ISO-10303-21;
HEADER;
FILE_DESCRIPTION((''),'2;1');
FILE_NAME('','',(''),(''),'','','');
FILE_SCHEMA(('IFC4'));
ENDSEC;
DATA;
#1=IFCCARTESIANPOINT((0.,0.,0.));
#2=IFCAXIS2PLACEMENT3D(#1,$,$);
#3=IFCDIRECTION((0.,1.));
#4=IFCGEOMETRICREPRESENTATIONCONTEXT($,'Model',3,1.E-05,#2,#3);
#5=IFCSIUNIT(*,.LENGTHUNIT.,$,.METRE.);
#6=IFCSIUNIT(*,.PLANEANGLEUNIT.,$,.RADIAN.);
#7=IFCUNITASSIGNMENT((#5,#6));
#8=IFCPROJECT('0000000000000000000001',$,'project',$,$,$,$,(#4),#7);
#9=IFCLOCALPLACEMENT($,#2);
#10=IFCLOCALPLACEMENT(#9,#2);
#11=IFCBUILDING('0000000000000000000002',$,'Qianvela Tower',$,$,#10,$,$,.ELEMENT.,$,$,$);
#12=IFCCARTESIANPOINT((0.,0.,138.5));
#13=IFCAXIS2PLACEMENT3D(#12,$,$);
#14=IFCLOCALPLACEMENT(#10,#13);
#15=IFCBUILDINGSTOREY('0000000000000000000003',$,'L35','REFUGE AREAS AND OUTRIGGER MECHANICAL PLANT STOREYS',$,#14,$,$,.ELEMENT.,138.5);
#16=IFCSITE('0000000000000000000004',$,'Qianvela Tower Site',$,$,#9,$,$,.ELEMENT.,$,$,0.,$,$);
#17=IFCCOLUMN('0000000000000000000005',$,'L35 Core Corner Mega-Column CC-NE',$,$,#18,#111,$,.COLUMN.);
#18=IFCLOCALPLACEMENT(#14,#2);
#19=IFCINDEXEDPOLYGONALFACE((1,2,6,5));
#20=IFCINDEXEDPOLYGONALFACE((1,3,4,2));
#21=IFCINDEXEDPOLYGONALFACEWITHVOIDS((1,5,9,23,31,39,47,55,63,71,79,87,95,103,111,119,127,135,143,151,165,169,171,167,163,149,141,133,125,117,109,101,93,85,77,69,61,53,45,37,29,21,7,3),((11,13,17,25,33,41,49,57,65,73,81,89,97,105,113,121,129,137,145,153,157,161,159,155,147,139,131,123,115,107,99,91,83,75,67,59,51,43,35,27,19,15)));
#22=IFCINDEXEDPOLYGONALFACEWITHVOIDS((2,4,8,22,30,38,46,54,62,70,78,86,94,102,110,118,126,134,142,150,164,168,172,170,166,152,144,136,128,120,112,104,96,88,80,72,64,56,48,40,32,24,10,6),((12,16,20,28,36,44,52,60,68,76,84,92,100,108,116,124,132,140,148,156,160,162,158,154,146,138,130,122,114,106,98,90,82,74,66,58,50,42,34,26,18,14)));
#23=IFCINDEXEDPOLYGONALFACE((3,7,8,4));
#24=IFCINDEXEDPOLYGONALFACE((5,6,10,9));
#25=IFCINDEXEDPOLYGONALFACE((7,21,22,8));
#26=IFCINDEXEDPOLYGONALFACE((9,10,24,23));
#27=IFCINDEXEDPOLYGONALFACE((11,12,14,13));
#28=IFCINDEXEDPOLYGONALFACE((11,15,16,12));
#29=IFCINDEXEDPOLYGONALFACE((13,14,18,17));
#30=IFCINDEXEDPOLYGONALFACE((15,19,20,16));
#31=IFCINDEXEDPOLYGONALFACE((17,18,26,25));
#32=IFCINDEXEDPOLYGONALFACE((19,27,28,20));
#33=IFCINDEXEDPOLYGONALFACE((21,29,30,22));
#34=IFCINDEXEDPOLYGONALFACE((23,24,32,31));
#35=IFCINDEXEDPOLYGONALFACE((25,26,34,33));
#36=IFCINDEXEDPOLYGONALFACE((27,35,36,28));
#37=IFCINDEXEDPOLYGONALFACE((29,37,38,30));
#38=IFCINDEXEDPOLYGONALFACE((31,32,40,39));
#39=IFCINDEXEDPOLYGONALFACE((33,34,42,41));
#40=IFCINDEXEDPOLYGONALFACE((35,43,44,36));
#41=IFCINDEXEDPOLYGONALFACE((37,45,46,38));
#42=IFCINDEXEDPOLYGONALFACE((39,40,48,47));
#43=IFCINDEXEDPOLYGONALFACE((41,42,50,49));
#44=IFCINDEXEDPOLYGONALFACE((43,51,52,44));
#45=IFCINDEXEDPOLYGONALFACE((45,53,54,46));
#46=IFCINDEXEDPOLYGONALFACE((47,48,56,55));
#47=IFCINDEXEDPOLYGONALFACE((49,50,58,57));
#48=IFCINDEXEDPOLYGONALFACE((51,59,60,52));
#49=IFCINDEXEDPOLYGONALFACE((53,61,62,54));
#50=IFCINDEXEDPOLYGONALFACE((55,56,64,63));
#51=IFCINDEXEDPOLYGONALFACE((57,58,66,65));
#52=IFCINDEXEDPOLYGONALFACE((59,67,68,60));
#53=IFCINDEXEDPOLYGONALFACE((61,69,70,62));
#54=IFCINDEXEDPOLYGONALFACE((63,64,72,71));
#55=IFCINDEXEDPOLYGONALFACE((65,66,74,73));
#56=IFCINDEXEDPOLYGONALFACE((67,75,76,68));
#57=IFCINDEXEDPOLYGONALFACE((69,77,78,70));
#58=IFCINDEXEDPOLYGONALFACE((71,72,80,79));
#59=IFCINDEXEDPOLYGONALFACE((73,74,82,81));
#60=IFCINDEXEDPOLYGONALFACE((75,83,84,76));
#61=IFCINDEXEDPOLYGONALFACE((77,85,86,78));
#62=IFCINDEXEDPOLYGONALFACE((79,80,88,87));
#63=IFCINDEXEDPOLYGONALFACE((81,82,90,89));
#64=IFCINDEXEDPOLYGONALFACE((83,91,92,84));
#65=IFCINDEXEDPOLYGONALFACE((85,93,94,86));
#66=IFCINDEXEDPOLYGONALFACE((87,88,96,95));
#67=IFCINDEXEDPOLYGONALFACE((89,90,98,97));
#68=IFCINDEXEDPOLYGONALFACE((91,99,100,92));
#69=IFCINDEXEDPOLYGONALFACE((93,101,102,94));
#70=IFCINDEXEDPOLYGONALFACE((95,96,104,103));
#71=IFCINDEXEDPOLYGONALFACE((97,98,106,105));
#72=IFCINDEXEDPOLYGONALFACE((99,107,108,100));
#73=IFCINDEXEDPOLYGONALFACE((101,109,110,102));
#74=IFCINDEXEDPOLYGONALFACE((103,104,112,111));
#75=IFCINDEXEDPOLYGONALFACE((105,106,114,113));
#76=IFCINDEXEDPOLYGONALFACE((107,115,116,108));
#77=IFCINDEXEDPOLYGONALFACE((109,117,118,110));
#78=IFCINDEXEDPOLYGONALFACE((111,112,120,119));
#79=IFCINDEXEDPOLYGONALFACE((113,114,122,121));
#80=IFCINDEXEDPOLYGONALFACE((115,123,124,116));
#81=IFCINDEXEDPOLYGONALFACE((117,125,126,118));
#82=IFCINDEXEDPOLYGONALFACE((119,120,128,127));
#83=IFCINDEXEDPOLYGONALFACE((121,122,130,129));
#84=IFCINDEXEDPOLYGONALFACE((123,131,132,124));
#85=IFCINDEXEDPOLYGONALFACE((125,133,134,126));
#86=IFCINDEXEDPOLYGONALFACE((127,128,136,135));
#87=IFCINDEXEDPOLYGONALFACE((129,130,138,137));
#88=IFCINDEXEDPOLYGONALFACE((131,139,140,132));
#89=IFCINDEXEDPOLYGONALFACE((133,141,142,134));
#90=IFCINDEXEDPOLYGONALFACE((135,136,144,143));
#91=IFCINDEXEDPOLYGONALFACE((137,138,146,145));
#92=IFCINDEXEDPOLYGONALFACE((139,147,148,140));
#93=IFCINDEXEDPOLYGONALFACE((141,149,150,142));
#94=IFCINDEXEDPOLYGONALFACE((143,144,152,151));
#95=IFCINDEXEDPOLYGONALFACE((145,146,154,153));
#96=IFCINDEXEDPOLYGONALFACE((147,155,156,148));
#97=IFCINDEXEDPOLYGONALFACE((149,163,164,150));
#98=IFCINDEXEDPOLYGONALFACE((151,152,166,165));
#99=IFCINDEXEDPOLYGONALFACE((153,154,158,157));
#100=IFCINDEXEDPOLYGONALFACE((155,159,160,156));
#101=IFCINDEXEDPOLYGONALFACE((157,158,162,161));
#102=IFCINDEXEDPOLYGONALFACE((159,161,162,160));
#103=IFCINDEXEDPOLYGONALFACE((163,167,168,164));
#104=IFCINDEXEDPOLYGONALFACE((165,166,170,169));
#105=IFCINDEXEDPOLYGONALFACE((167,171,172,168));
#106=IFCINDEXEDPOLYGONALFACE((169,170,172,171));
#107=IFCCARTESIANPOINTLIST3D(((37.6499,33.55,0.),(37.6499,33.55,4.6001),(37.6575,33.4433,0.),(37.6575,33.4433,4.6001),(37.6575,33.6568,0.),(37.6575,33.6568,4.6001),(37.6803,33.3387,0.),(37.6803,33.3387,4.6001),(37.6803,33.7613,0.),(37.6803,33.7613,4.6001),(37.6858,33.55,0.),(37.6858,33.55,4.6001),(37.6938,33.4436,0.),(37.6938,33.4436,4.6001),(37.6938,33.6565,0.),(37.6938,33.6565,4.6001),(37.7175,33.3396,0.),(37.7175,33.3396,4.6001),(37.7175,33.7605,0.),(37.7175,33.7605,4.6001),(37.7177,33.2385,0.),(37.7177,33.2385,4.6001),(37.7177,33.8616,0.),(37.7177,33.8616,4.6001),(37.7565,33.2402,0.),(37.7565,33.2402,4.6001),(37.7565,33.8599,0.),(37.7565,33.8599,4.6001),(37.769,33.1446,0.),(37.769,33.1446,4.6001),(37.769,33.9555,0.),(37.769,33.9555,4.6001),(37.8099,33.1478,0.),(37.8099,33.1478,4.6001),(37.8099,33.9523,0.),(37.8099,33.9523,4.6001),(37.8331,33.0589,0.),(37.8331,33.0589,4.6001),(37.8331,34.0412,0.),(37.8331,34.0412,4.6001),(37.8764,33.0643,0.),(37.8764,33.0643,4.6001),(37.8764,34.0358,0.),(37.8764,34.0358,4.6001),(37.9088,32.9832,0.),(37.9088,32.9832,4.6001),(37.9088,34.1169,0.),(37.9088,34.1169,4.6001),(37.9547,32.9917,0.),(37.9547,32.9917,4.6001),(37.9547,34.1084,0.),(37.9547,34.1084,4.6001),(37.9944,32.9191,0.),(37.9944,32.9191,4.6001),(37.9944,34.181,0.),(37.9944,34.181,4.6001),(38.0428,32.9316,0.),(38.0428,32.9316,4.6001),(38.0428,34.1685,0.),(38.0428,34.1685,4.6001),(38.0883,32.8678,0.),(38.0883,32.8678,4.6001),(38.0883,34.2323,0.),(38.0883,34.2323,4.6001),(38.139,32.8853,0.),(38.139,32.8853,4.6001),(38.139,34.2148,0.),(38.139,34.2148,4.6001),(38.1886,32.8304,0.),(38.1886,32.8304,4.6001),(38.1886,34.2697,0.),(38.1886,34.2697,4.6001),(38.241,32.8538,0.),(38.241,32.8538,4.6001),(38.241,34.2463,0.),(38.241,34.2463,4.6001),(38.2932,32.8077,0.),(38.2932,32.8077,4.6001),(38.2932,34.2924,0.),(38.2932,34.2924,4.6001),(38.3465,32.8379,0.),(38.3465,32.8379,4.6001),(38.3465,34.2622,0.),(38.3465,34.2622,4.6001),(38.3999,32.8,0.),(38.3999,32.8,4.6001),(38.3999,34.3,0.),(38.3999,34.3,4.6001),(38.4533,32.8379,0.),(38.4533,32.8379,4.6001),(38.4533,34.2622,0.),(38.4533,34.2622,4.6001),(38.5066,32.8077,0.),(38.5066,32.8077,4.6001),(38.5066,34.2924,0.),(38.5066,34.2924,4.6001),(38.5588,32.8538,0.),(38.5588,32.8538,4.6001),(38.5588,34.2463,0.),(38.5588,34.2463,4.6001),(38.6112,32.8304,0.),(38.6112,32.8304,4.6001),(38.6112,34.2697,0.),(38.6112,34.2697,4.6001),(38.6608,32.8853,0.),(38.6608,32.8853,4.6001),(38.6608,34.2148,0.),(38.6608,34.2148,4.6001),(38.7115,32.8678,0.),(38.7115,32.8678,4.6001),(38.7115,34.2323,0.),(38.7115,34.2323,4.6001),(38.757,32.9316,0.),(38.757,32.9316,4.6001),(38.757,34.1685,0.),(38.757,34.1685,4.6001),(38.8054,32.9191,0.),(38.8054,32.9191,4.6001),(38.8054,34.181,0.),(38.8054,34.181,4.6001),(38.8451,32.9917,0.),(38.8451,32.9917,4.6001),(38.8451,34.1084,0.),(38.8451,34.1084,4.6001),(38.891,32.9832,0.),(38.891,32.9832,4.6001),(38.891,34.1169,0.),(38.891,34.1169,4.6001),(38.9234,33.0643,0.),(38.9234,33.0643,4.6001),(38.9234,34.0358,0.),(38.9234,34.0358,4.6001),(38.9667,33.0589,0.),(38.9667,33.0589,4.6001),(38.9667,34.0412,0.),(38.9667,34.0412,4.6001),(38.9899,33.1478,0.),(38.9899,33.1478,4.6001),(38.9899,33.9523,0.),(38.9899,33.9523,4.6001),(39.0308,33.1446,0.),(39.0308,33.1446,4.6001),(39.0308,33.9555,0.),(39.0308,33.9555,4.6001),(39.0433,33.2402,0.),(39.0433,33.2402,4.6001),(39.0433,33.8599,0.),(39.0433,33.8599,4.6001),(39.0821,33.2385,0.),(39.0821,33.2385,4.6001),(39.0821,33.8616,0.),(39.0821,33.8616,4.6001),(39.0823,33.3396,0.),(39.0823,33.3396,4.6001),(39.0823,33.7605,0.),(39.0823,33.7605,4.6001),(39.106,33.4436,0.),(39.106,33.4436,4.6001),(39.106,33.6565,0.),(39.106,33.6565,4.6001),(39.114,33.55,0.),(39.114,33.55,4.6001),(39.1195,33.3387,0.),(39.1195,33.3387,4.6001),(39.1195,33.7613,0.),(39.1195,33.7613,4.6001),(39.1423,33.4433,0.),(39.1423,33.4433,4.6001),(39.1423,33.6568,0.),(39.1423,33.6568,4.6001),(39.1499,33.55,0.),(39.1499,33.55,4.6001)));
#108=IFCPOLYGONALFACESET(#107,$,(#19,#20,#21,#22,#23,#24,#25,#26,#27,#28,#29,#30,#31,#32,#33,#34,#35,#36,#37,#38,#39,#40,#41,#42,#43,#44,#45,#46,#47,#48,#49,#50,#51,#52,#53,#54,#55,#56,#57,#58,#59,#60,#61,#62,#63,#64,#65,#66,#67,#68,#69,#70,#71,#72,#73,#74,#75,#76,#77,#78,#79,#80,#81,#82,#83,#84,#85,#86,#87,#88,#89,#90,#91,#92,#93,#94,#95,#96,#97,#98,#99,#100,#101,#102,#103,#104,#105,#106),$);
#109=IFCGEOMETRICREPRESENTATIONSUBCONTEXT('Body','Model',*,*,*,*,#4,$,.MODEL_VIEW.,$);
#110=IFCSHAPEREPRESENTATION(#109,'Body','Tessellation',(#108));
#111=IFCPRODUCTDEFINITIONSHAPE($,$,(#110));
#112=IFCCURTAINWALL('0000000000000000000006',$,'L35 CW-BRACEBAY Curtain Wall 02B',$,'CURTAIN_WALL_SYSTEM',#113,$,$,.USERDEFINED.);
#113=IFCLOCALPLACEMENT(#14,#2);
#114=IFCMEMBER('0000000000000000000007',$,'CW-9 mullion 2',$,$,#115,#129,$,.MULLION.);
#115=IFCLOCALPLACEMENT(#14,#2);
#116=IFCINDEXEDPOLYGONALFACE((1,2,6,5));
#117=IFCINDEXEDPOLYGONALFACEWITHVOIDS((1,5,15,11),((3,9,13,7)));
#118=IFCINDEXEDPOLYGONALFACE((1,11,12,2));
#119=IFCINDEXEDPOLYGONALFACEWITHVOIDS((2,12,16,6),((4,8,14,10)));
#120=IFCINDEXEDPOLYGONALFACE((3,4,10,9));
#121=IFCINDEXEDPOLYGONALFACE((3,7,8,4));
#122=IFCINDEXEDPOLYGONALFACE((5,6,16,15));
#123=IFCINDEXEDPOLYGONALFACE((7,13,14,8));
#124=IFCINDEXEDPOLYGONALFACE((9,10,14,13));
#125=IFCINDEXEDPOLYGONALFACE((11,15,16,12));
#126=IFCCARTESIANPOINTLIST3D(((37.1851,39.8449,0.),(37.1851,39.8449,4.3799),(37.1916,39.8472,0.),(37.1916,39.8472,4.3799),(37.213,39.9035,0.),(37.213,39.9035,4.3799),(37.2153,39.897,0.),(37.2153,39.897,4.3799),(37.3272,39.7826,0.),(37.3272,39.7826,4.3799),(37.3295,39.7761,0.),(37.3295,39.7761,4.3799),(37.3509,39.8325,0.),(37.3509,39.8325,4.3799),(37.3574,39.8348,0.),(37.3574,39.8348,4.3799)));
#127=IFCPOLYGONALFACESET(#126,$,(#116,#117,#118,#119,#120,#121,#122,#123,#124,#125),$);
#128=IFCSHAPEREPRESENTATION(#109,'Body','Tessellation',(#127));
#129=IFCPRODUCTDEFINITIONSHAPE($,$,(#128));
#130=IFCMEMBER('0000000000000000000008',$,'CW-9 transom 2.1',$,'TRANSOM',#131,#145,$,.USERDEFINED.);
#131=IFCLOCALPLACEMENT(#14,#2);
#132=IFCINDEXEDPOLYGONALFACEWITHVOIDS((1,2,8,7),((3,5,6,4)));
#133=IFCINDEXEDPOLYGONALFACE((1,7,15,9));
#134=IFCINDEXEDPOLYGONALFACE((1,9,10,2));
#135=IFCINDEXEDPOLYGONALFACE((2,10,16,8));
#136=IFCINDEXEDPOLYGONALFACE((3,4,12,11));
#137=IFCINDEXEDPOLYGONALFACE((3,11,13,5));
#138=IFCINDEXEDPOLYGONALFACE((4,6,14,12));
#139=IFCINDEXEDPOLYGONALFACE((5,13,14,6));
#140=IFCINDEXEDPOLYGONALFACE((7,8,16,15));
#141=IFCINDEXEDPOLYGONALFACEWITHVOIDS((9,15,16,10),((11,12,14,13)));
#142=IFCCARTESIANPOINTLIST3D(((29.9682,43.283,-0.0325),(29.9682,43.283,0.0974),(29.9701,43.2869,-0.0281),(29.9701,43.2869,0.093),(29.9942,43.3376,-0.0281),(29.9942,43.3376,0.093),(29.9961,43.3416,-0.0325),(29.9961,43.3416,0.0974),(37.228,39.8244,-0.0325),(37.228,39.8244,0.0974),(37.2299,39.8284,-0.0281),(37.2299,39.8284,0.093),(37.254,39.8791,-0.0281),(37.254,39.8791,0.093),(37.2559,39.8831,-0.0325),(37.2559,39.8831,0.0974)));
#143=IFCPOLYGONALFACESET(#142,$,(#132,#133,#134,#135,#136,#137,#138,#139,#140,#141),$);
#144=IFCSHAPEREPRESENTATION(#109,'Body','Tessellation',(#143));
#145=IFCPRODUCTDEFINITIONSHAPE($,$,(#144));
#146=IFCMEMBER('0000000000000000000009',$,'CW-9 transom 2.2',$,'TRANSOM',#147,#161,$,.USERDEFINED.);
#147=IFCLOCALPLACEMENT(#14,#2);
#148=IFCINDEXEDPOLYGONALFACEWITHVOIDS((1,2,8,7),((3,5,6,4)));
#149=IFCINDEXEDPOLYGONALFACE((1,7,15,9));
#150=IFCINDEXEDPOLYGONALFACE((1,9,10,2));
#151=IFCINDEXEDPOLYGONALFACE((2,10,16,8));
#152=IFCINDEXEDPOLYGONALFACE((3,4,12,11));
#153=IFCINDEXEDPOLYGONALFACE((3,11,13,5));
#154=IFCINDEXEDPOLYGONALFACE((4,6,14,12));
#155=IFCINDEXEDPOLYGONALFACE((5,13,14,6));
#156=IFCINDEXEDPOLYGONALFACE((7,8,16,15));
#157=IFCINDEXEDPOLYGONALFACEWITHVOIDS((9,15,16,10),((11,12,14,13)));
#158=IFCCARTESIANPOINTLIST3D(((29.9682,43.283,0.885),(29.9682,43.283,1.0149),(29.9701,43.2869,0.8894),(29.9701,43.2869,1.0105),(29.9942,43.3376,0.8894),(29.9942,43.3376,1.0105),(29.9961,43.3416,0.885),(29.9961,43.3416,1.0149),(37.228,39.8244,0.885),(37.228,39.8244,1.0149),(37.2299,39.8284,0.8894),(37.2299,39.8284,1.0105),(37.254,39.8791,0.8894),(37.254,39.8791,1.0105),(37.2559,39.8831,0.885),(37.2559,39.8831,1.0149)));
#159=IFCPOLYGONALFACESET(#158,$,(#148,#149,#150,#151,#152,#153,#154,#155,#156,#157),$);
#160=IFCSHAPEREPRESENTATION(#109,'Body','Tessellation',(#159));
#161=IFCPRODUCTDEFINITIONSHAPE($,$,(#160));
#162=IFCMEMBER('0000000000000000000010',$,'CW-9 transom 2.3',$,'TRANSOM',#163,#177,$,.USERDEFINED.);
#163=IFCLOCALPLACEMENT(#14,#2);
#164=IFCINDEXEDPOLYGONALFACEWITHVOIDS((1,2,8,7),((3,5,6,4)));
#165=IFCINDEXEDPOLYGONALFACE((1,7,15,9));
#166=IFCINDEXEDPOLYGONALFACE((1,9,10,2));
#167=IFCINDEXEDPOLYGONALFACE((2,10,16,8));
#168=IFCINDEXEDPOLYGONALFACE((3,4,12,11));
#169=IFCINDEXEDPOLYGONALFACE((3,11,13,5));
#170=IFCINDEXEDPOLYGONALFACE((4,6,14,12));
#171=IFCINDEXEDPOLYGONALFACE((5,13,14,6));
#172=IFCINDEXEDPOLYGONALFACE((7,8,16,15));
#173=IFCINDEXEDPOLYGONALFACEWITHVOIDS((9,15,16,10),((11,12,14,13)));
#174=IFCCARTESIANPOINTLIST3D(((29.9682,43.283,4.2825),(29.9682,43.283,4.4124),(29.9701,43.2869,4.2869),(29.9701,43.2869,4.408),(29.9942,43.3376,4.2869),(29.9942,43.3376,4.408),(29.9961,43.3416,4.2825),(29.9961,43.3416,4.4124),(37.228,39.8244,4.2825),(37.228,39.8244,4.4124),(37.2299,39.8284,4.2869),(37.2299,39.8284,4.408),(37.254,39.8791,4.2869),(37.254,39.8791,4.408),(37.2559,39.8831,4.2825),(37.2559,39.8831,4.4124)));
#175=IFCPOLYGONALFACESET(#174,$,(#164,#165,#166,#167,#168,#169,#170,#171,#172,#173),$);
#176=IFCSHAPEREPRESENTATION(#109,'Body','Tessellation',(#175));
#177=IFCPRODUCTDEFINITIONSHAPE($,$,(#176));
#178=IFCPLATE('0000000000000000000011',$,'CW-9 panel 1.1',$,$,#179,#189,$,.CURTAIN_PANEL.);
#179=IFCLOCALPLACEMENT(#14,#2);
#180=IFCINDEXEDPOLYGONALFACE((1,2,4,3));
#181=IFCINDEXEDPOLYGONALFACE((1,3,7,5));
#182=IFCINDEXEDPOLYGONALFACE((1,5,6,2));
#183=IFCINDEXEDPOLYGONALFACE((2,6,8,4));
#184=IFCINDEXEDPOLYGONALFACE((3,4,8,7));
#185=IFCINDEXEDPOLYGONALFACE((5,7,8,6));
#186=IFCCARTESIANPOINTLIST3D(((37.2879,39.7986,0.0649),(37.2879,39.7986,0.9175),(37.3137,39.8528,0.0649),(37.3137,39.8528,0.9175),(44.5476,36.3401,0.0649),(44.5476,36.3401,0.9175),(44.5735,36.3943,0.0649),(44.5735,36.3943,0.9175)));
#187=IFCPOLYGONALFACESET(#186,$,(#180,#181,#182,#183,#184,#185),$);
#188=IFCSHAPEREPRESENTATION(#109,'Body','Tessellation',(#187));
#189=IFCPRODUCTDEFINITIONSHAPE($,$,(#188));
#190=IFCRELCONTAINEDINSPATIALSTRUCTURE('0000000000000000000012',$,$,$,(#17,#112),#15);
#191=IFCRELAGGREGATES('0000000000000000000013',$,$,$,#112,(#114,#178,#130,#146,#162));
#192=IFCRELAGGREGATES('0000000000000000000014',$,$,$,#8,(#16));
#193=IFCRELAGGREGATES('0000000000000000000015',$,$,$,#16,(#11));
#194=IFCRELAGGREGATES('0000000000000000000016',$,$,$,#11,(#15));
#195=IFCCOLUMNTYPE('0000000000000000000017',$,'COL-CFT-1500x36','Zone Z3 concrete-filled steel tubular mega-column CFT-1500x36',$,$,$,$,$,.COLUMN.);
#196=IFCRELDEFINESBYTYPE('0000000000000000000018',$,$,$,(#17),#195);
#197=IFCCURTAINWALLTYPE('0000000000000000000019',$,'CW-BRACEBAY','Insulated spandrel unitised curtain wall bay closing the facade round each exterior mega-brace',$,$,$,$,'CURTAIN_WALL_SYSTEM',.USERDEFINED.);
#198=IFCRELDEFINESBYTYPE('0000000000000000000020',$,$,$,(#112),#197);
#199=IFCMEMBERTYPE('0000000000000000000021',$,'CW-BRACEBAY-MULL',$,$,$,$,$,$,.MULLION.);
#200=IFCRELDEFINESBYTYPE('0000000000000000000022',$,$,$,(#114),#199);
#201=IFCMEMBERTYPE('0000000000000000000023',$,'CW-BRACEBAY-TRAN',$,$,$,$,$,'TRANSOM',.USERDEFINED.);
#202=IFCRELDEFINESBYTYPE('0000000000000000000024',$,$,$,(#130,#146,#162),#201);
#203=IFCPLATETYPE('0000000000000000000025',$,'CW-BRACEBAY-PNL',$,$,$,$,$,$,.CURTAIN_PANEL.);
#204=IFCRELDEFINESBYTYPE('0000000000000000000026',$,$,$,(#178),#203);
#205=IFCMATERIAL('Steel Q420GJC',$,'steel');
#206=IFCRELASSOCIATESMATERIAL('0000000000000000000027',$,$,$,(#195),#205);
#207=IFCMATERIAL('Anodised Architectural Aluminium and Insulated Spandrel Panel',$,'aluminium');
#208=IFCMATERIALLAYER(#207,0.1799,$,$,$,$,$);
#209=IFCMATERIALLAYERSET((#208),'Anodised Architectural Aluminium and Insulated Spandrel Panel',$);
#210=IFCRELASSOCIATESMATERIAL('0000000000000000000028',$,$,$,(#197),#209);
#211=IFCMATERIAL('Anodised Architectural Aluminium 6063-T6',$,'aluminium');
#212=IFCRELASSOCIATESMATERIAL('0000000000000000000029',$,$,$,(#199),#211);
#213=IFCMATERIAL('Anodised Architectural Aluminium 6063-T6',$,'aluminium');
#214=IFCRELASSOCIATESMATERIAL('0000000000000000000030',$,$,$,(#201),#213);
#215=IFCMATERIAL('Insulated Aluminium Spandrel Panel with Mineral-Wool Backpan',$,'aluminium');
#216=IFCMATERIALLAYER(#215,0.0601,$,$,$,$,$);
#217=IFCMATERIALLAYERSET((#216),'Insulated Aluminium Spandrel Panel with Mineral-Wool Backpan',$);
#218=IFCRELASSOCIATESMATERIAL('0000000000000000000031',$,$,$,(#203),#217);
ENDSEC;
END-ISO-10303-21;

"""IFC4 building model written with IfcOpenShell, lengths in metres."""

from ifc_helpers import new_model, si_unit, direction, frame, origin, origin_2d, place, context, subcontext, project, spatial, rectangle, hollow_rectangle, hollow_circle, extrude, material, layer, layer_set, material_profile, profile_set, type_object, element, aggregate, save


model = new_model("IFC4")

# Units and contexts
model_context = context("Model", 3, precision=1e-05, world=origin(), true_north=direction((0.0, 1.0)))
body_context = subcontext(model_context, "Body", "Model", "MODEL_VIEW")
ifc_project = project(units=[si_unit("LENGTHUNIT", "METRE"), si_unit("PLANEANGLEUNIT", "RADIAN")], contexts=[model_context])

# Site, building, storey
site_placement = place(None, origin())
site = spatial("IfcSite", under=ifc_project, at=site_placement, Name="Qianvela Tower Site", CompositionType="ELEMENT", RefElevation=0.0)
building_placement = place(site_placement, origin())
building = spatial("IfcBuilding", under=site, at=building_placement, Name="Qianvela Tower", CompositionType="ELEMENT")
storey_placement = place(building_placement, frame((0.0, 0.0, 138.5)))
storey = spatial("IfcBuildingStorey", under=building, at=storey_placement, Name="L35", Description="REFUGE AREAS AND OUTRIGGER MECHANICAL PLANT STOREYS", CompositionType="ELEMENT", Elevation=138.5)

# Column
ifc_material_1 = material(Name="Steel Q420GJC", Category="steel")
ifc_material_profile_1 = material_profile(ifc_material_1, hollow_circle(Radius=0.75, WallThickness=0.0359, at=origin_2d()), Name="CFT-1500x36")
ifc_profile_set_1 = profile_set([ifc_material_profile_1], Name="Steel Q420GJC")
column_type = type_object("IfcColumnType", Name="COL-CFT-1500x36", Description="Zone Z3 concrete-filled steel tubular mega-column CFT-1500x36", PredefinedType="COLUMN", material=ifc_profile_set_1)
column_placement = place(storey_placement, frame((38.3999, 33.55, 0.0), z_axis=(0.0, 0.0, 1.0), x_axis=(1.0, 0.0, 0.0)))
element("IfcColumn", 1, at=column_placement, inside=storey, type_object=column_type, Name="L35 Core Corner Mega-Column CC-NE", PredefinedType="COLUMN", context=body_context, shape_type="SweptSolid", body=[
    extrude(hollow_circle(Radius=0.75, WallThickness=0.0359, at=origin_2d()), origin(), (0.0, 0.0, 1.0), 4.6001),
])

# Curtain wall, members, plate
ifc_material_2 = material(Name="Anodised Architectural Aluminium and Insulated Spandrel Panel", Category="aluminium")
ifc_layer_1 = layer(ifc_material_2, 0.1799)
ifc_layer_set_1 = layer_set([ifc_layer_1], Name="Anodised Architectural Aluminium and Insulated Spandrel Panel")
curtain_wall_type = type_object("IfcCurtainWallType", Name="CW-BRACEBAY", Description="Insulated spandrel unitised curtain wall bay closing the facade round each exterior mega-brace", ElementType="CURTAIN_WALL_SYSTEM", PredefinedType="USERDEFINED", material=ifc_layer_set_1)
curtain_wall_placement = place(storey_placement, origin())
curtain_wall = element("IfcCurtainWall", 2, at=curtain_wall_placement, inside=storey, type_object=curtain_wall_type, Name="L35 CW-BRACEBAY Curtain Wall 02B", ObjectType="CURTAIN_WALL_SYSTEM", PredefinedType="USERDEFINED")
ifc_material_3 = material(Name="Anodised Architectural Aluminium 6063-T6", Category="aluminium")
ifc_material_profile_2 = material_profile(ifc_material_3, hollow_rectangle(XDim=0.0649, YDim=0.1599, WallThickness=0.0049, at=origin_2d()), Name="ALU-MULL-65x160")
ifc_profile_set_2 = profile_set([ifc_material_profile_2], Name="Anodised Architectural Aluminium 6063-T6")
member_type_1 = type_object("IfcMemberType", Name="CW-BRACEBAY-MULL", PredefinedType="MULLION", material=ifc_profile_set_2)
member_1_placement = place(storey_placement, frame((37.2712, 39.8398, 0.0), z_axis=(0.0, 0.0, 1.0), x_axis=(-0.430086, -0.902788, 0.0)))
member_1 = element("IfcMember", 3, at=member_1_placement, type_object=member_type_1, Name="CW-9 mullion 2", PredefinedType="MULLION", context=body_context, shape_type="SweptSolid", body=[
    extrude(hollow_rectangle(XDim=0.0649, YDim=0.1599, WallThickness=0.0049, at=origin_2d()), origin(), (0.0, 0.0, 1.0), 4.3799),
])
ifc_material_4 = material(Name="Anodised Architectural Aluminium 6063-T6", Category="aluminium")
ifc_material_profile_3 = material_profile(ifc_material_4, hollow_rectangle(XDim=0.0649, YDim=0.1299, WallThickness=0.0044, at=origin_2d()), Name="ALU-TRAN-65x130")
ifc_profile_set_3 = profile_set([ifc_material_profile_3], Name="Anodised Architectural Aluminium 6063-T6")
member_type_2 = type_object("IfcMemberType", Name="CW-BRACEBAY-TRAN", ElementType="TRANSOM", PredefinedType="USERDEFINED", material=ifc_profile_set_3)
member_2_placement = place(storey_placement, frame((37.2419, 39.8538, 0.0325), z_axis=(-0.90279, 0.430082, 0.0), x_axis=(-0.430082, -0.90279, 0.0)))
member_2 = element("IfcMember", 4, at=member_2_placement, type_object=member_type_2, Name="CW-9 transom 2.1", ObjectType="TRANSOM", PredefinedType="USERDEFINED", context=body_context, shape_type="SweptSolid", body=[
    extrude(hollow_rectangle(XDim=0.0649, YDim=0.1299, WallThickness=0.0044, at=origin_2d()), origin(), (0.0, 0.0, 1.0), 8.0415),
])
member_3_placement = place(storey_placement, frame((37.2419, 39.8538, 0.95), z_axis=(-0.90279, 0.430082, 0.0), x_axis=(-0.430082, -0.90279, 0.0)))
member_3 = element("IfcMember", 5, at=member_3_placement, type_object=member_type_2, Name="CW-9 transom 2.2", ObjectType="TRANSOM", PredefinedType="USERDEFINED", context=body_context, shape_type="SweptSolid", body=[
    extrude(hollow_rectangle(XDim=0.0649, YDim=0.1299, WallThickness=0.0044, at=origin_2d()), origin(), (0.0, 0.0, 1.0), 8.0415),
])
member_4_placement = place(storey_placement, frame((37.2419, 39.8538, 4.3474), z_axis=(-0.90279, 0.430082, 0.0), x_axis=(-0.430082, -0.90279, 0.0)))
member_4 = element("IfcMember", 6, at=member_4_placement, type_object=member_type_2, Name="CW-9 transom 2.3", ObjectType="TRANSOM", PredefinedType="USERDEFINED", context=body_context, shape_type="SweptSolid", body=[
    extrude(hollow_rectangle(XDim=0.0649, YDim=0.1299, WallThickness=0.0044, at=origin_2d()), origin(), (0.0, 0.0, 1.0), 8.0415),
])
ifc_material_5 = material(Name="Insulated Aluminium Spandrel Panel with Mineral-Wool Backpan", Category="aluminium")
ifc_layer_2 = layer(ifc_material_5, 0.0601)
ifc_layer_set_2 = layer_set([ifc_layer_2], Name="Insulated Aluminium Spandrel Panel with Mineral-Wool Backpan")
plate_type_1 = type_object("IfcPlateType", Name="CW-BRACEBAY-PNL", PredefinedType="CURTAIN_PANEL", material=ifc_layer_set_2)
plate_1_placement = place(storey_placement, frame((40.9307, 38.0964, 0.0649), z_axis=(0.0, 0.0, 1.0), x_axis=(-0.902788, 0.430086, 0.0)))
plate_1 = element("IfcPlate", 7, at=plate_1_placement, type_object=plate_type_1, Name="CW-9 panel 1.1", PredefinedType="CURTAIN_PANEL", context=body_context, shape_type="SweptSolid", body=[
    extrude(rectangle(XDim=8.0415, YDim=0.0601, at=origin_2d()), origin(), (0.0, 0.0, 1.0), 0.8525),
])
aggregate(curtain_wall, [member_1, plate_1, member_2, member_3, member_4])

save(model, "model.ifc")
